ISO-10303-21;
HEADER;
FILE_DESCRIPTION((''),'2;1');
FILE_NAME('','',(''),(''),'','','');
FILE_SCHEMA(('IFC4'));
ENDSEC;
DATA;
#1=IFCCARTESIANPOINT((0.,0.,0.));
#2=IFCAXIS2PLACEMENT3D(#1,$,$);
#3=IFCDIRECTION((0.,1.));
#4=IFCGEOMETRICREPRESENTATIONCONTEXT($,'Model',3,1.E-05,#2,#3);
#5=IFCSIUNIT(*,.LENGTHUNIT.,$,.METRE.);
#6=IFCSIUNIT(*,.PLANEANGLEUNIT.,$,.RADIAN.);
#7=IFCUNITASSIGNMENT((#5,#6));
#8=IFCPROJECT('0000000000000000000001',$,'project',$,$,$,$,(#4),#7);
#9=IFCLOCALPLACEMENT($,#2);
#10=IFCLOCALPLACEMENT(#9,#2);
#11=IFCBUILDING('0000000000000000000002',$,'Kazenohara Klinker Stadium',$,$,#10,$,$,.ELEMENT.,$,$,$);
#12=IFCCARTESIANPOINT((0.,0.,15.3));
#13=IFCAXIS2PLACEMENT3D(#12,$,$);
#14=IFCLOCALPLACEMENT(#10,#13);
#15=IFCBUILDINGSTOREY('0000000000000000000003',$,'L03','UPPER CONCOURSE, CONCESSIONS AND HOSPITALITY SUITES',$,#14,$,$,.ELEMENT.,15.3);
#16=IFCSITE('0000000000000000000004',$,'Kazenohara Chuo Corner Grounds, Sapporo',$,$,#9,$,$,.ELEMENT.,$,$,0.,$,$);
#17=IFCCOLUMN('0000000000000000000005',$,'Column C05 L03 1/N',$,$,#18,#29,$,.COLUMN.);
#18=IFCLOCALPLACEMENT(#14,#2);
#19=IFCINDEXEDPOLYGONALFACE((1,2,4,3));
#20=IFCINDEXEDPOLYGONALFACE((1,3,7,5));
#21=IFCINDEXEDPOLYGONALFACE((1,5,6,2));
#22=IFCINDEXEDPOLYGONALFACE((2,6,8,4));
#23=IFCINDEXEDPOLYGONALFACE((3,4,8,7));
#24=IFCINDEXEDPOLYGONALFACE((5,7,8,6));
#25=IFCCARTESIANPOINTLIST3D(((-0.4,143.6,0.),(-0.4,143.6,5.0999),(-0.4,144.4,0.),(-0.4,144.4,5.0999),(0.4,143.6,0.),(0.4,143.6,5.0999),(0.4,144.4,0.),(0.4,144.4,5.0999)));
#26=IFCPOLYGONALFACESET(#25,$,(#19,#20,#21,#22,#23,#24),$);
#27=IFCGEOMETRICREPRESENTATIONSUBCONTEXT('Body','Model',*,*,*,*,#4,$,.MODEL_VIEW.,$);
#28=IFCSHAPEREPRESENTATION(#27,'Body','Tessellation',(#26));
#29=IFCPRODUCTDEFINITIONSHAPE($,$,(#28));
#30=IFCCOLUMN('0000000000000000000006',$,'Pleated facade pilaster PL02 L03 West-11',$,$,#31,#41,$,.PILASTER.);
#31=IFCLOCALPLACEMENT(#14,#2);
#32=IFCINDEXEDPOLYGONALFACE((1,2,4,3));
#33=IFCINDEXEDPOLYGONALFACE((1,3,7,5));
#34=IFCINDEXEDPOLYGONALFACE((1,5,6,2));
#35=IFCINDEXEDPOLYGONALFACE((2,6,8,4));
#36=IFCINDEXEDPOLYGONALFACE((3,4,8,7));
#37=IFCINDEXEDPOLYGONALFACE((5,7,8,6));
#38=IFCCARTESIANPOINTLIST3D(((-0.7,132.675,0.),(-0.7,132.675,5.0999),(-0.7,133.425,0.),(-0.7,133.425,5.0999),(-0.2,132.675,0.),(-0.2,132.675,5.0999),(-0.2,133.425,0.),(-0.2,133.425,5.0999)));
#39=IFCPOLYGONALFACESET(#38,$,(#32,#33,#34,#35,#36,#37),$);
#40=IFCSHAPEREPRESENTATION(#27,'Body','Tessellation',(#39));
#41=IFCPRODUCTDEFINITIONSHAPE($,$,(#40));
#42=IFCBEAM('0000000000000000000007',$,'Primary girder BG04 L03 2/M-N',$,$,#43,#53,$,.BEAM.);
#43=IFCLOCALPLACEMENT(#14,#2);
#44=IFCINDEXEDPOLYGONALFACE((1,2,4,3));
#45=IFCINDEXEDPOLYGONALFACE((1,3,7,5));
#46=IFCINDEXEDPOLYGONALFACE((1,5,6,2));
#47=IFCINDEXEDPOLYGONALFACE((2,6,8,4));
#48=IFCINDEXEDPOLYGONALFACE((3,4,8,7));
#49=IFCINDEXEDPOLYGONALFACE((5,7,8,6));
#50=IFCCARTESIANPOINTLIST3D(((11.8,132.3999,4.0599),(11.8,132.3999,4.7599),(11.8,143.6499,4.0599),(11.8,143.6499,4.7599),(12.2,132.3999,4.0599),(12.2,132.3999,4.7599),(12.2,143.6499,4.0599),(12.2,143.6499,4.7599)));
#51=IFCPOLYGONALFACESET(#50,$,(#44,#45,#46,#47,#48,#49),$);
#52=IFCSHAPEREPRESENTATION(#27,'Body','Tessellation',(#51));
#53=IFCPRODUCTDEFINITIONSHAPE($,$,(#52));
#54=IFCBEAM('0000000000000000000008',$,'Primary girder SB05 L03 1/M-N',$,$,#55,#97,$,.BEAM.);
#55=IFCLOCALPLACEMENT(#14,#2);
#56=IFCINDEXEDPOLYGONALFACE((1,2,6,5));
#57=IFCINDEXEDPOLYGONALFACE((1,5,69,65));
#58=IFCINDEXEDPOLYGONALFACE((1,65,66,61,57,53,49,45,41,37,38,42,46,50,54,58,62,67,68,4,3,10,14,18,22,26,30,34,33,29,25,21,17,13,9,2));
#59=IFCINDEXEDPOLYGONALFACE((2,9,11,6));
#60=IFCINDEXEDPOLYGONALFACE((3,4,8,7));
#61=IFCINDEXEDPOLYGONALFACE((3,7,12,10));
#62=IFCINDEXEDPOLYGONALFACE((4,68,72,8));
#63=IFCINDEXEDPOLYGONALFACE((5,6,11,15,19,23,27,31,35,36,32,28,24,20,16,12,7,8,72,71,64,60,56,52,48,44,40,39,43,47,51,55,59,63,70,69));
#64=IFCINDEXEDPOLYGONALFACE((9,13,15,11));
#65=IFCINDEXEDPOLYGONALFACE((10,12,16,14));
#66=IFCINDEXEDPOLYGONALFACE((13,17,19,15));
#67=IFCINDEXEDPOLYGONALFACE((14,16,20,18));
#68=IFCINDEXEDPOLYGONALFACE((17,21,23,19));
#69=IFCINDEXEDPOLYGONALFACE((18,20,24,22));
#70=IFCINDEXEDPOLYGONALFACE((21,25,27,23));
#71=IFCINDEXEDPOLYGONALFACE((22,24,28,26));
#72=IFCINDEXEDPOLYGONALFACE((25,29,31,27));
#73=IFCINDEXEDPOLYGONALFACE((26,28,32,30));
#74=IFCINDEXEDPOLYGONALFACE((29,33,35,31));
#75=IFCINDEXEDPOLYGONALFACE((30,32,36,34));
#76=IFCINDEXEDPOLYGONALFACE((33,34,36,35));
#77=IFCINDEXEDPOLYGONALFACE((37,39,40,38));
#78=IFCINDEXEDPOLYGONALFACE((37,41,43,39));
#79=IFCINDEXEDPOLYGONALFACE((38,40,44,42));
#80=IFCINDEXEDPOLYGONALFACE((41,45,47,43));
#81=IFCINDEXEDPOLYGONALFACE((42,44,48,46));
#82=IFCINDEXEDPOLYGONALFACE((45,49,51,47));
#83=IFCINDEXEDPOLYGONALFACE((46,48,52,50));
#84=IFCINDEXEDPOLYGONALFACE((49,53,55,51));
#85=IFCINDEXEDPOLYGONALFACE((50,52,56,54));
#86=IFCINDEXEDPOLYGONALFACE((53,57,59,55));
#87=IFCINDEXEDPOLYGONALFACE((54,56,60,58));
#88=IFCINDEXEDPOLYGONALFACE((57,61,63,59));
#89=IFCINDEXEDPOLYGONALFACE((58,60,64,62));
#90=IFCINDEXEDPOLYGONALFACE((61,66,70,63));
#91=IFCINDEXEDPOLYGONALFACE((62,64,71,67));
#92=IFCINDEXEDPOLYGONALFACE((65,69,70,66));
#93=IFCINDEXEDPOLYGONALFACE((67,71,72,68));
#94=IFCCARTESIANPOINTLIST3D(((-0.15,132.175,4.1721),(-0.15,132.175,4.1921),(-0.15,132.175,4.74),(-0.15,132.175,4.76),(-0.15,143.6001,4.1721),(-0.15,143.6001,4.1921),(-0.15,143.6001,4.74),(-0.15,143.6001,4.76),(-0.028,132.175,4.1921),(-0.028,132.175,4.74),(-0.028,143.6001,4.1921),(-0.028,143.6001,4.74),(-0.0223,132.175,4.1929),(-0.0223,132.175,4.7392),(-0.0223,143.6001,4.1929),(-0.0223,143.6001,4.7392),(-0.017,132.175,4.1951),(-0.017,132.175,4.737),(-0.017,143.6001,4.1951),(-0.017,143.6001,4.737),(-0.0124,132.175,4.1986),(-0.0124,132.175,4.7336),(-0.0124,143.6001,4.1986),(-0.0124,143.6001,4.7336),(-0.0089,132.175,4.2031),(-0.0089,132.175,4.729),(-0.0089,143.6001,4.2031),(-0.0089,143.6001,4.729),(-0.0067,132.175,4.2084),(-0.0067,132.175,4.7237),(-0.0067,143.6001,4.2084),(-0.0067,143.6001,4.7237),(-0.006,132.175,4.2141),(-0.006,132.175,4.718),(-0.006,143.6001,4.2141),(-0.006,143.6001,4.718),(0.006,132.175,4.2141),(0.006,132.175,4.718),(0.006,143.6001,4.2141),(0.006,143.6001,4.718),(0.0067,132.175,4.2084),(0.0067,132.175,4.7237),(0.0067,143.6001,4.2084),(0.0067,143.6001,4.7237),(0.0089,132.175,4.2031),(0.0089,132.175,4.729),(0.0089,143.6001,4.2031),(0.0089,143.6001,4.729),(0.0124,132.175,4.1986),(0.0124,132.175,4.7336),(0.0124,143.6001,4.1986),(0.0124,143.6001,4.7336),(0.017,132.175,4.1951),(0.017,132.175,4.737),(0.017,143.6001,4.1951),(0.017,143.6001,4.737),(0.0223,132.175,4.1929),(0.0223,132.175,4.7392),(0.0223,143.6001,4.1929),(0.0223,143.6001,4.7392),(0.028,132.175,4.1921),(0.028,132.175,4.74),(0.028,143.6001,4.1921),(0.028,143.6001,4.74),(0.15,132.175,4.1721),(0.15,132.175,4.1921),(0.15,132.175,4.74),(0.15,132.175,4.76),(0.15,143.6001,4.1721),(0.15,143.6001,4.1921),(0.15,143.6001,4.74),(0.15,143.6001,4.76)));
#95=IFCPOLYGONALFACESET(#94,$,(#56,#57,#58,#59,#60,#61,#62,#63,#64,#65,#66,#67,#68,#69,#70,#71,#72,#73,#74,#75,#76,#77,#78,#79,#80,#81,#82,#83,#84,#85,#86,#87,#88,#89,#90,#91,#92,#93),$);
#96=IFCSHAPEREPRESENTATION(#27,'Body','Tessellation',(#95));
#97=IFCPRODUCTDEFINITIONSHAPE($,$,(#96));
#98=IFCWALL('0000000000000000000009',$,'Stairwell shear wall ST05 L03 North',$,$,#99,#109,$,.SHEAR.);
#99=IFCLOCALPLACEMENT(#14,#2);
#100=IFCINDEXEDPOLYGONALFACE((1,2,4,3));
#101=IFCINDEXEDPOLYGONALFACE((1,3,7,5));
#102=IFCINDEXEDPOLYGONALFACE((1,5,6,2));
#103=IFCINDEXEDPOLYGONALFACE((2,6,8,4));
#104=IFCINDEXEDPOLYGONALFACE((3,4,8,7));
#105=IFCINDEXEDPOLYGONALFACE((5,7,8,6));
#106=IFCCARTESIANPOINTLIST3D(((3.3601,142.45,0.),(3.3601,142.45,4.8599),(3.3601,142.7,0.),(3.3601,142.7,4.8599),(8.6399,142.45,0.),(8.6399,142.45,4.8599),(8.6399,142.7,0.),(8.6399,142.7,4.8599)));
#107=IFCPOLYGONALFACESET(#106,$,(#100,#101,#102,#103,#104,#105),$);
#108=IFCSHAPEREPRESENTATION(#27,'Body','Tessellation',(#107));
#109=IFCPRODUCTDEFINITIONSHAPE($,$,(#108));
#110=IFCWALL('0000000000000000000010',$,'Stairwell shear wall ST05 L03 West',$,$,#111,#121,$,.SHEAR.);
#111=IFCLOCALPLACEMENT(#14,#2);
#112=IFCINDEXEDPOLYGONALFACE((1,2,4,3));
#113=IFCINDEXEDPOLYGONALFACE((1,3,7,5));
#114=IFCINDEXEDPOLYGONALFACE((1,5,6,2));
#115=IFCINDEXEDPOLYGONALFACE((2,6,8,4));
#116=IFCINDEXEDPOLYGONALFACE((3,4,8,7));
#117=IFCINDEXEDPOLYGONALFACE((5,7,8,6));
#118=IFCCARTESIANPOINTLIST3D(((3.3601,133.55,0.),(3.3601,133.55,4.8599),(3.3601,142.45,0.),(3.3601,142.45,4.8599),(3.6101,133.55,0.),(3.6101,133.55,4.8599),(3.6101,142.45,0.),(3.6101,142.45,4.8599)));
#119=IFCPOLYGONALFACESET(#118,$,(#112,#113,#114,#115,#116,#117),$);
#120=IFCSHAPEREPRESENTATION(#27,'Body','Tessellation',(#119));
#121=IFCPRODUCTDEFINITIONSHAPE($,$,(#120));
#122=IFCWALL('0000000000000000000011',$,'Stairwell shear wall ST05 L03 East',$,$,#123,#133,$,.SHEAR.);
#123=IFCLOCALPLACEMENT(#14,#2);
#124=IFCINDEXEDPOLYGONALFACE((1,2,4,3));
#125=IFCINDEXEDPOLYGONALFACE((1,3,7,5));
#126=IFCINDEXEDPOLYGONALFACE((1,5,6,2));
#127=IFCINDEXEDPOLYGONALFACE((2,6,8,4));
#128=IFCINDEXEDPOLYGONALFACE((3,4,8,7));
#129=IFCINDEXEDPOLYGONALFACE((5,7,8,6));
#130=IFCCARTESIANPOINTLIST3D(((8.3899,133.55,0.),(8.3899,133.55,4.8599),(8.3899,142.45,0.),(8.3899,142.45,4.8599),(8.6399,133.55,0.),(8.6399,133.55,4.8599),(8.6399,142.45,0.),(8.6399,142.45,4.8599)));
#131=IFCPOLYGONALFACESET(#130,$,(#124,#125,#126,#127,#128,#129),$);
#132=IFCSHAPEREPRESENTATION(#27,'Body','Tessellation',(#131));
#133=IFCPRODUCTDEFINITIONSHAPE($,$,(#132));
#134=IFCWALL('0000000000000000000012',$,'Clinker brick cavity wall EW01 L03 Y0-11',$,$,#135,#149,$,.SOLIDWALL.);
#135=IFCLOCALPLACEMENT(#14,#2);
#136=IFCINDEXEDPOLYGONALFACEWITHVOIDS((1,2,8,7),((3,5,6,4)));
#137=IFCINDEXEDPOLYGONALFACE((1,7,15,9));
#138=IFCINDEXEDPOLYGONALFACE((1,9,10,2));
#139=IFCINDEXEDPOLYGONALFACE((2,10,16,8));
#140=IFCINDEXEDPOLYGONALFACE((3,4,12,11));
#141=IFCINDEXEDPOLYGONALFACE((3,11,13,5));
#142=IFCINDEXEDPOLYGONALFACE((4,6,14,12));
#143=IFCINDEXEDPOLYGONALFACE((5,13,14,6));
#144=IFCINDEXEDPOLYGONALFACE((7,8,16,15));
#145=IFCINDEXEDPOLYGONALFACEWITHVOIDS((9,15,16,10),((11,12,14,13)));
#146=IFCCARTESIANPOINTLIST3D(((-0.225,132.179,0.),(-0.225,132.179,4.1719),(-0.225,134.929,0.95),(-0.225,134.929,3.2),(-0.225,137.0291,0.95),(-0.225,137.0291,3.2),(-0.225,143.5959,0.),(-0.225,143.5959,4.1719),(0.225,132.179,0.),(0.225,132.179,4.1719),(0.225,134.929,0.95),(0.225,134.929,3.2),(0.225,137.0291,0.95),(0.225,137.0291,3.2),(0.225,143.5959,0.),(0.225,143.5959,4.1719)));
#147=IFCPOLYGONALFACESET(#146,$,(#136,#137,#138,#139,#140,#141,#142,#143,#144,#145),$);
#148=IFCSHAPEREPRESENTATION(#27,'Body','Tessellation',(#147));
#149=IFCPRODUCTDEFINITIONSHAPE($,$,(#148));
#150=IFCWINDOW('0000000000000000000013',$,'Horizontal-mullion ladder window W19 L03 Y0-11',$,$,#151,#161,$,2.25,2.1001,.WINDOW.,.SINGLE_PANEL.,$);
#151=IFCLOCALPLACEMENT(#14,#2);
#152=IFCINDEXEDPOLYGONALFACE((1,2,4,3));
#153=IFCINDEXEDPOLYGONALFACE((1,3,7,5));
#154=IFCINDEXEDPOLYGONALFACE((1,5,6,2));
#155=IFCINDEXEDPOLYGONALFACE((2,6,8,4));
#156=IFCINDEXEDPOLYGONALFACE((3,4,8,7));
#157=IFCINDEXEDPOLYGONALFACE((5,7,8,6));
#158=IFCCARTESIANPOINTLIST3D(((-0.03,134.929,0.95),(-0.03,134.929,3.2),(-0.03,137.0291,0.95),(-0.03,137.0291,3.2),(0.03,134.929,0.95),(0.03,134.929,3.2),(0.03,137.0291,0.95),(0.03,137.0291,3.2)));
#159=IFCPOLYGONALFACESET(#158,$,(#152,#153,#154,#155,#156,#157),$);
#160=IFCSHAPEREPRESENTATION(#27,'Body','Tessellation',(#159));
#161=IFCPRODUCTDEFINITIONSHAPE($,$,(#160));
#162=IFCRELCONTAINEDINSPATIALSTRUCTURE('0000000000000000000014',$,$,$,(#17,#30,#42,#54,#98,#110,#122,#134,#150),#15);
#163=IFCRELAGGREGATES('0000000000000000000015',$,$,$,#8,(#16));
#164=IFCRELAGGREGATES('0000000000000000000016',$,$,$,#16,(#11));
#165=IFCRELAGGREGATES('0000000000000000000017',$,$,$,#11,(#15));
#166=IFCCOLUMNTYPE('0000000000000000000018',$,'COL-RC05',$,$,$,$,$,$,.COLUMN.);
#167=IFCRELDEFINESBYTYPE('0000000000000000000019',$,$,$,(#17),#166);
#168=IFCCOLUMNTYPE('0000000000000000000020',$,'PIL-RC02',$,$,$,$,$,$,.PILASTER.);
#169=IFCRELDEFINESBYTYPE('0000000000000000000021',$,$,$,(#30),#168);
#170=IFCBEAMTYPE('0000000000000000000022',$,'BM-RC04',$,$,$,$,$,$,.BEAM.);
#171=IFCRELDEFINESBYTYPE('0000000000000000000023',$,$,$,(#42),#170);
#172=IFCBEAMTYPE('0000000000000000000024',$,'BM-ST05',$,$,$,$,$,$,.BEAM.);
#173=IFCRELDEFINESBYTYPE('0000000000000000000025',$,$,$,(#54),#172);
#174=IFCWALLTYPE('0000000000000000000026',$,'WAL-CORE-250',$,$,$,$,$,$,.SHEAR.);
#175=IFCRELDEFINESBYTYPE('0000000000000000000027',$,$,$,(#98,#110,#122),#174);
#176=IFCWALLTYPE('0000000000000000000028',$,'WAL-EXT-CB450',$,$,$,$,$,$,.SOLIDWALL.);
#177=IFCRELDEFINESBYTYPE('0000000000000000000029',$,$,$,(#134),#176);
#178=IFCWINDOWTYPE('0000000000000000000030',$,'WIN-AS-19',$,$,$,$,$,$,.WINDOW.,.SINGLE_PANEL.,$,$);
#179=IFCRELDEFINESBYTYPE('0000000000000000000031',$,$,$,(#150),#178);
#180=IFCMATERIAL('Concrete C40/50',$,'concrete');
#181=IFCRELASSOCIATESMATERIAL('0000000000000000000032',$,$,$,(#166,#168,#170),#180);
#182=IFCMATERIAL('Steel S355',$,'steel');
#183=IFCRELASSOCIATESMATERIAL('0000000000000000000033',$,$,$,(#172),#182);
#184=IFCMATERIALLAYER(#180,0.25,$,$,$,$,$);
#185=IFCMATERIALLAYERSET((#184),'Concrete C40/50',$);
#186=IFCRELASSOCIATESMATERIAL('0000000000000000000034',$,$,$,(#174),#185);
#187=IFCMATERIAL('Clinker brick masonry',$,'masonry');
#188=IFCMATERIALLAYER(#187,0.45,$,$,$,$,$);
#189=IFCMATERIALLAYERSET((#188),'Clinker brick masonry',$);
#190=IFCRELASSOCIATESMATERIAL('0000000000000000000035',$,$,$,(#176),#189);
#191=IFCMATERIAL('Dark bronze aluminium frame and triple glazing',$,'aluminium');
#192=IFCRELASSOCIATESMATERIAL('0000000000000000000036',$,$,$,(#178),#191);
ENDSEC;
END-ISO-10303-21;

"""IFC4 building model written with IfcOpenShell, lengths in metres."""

from ifc_helpers import new_model, si_unit, direction, frame, frame_2d, origin, origin_2d, place, context, subcontext, project, spatial, rectangle, i_section, extrude, material, layer, layer_set, material_profile, profile_set, type_object, element, fill, save


model = new_model("IFC4")

# Units and contexts
model_context = context("Model", 3, precision=1e-05, world=origin(), true_north=direction((0.0, 1.0)))
body_context = subcontext(model_context, "Body", "Model", "MODEL_VIEW")
ifc_project = project(units=[si_unit("LENGTHUNIT", "METRE"), si_unit("PLANEANGLEUNIT", "RADIAN")], contexts=[model_context])

# Site, building, storey
site_placement = place(None, origin())
site = spatial("IfcSite", under=ifc_project, at=site_placement, Name="Kazenohara Chuo Corner Grounds, Sapporo", CompositionType="ELEMENT", RefElevation=0.0)
building_placement = place(site_placement, origin())
building = spatial("IfcBuilding", under=site, at=building_placement, Name="Kazenohara Klinker Stadium", CompositionType="ELEMENT")
storey_placement = place(building_placement, frame((0.0, 0.0, 15.3)))
storey = spatial("IfcBuildingStorey", under=building, at=storey_placement, Name="L03", Description="UPPER CONCOURSE, CONCESSIONS AND HOSPITALITY SUITES", CompositionType="ELEMENT", Elevation=15.3)

# Columns
ifc_material_1 = material(Name="Concrete C40/50", Category="concrete")
ifc_material_profile_1 = material_profile(ifc_material_1, rectangle(XDim=0.8, YDim=0.8, at=origin_2d()), Name="RC-COL-800x800")
ifc_profile_set_1 = profile_set([ifc_material_profile_1], Name="Concrete C40/50")
column_type_1 = type_object("IfcColumnType", Name="COL-RC05", PredefinedType="COLUMN", material=ifc_profile_set_1)
column_1_placement = place(storey_placement, frame((0.0, 144.0, 0.0), z_axis=(0.0, 0.0, 1.0), x_axis=(1.0, 0.0, 0.0)))
element("IfcColumn", 1, at=column_1_placement, inside=storey, type_object=column_type_1, Name="Column C05 L03 1/N", PredefinedType="COLUMN", context=body_context, shape_type="SweptSolid", body=[
    extrude(rectangle(XDim=0.8, YDim=0.8, at=origin_2d()), origin(), (0.0, 0.0, 1.0), 5.0999),
])
ifc_material_profile_2 = material_profile(ifc_material_1, rectangle(XDim=0.5, YDim=0.75, at=origin_2d()), Name="RC-PILASTER-500x750")
ifc_profile_set_2 = profile_set([ifc_material_profile_2], Name="Concrete C40/50")
column_type_2 = type_object("IfcColumnType", Name="PIL-RC02", PredefinedType="PILASTER", material=ifc_profile_set_2)
column_2_placement = place(storey_placement, frame((-0.45, 133.05, 0.0), z_axis=(0.0, 0.0, 1.0), x_axis=(1.0, 0.0, 0.0)))
element("IfcColumn", 2, at=column_2_placement, inside=storey, type_object=column_type_2, Name="Pleated facade pilaster PL02 L03 West-11", PredefinedType="PILASTER", context=body_context, shape_type="SweptSolid", body=[
    extrude(rectangle(XDim=0.5, YDim=0.75, at=origin_2d()), origin(), (0.0, 0.0, 1.0), 5.0999),
])

# Beams
ifc_material_profile_3 = material_profile(ifc_material_1, rectangle(XDim=0.3999, YDim=0.7, at=origin_2d()), Name="RC-BM-400x700")
ifc_profile_set_3 = profile_set([ifc_material_profile_3], Name="Concrete C40/50")
beam_type_1 = type_object("IfcBeamType", Name="BM-RC04", PredefinedType="BEAM", material=ifc_profile_set_3)
beam_1_placement = place(storey_placement, frame((12.0, 132.3999, 4.4099), z_axis=(0.0, 1.0, 0.0), x_axis=(-1.0, 0.0, 0.0)))
element("IfcBeam", 3, at=beam_1_placement, inside=storey, type_object=beam_type_1, Name="Primary girder BG04 L03 2/M-N", PredefinedType="BEAM", context=body_context, shape_type="SweptSolid", body=[
    extrude(rectangle(XDim=0.3999, YDim=0.7, at=origin_2d()), origin(), (0.0, 0.0, 1.0), 11.25),
])
ifc_material_2 = material(Name="Steel S355", Category="steel")
ifc_material_profile_4 = material_profile(ifc_material_2, i_section(OverallWidth=0.3, OverallDepth=0.5879, WebThickness=0.012, FlangeThickness=0.02, FilletRadius=0.022, at=origin_2d()), Name="H-588x300x12x20")
ifc_profile_set_4 = profile_set([ifc_material_profile_4], Name="Steel S355")
beam_type_2 = type_object("IfcBeamType", Name="BM-ST05", PredefinedType="BEAM", material=ifc_profile_set_4)
beam_2_placement = place(storey_placement, frame((0.0, 132.175, 4.4661), z_axis=(0.0, 1.0, 0.0), x_axis=(-1.0, 0.0, 0.0)))
element("IfcBeam", 4, at=beam_2_placement, inside=storey, type_object=beam_type_2, Name="Primary girder SB05 L03 1/M-N", PredefinedType="BEAM", context=body_context, shape_type="SweptSolid", body=[
    extrude(i_section(OverallWidth=0.3, OverallDepth=0.5879, WebThickness=0.012, FlangeThickness=0.02, FilletRadius=0.022, at=origin_2d()), origin(), (0.0, 0.0, 1.0), 11.425),
])

# Shared definitions
ifc_layer_1 = layer(ifc_material_1, 0.25)
ifc_layer_set_1 = layer_set([ifc_layer_1], Name="Concrete C40/50")
wall_type_1 = type_object("IfcWallType", Name="WAL-CORE-250", PredefinedType="SHEAR", material=ifc_layer_set_1)

# Walls
wall_1_placement = place(storey_placement, frame((3.3601, 142.575, 0.0), z_axis=(0.0, 0.0, 1.0), x_axis=(1.0, 0.0, 0.0)))
element("IfcWall", 5, at=wall_1_placement, inside=storey, type_object=wall_type_1, Name="Stairwell shear wall ST05 L03 North", PredefinedType="SHEAR", context=body_context, shape_type="SweptSolid", body=[
    extrude(rectangle(XDim=5.2798, YDim=0.25, at=frame_2d((2.6399, 0.0))), origin(), (0.0, 0.0, 1.0), 4.8599),
])
for number, where, z_axis, x_axis, name in (
    (6, (3.4851, 133.55, 0.0), (0.0, 0.0, 1.0), (0.0, 1.0, 0.0), "Stairwell shear wall ST05 L03 West"),
    (7, (8.5149, 133.55, 0.0), (0.0, 0.0, 1.0), (0.0, 1.0, 0.0), "Stairwell shear wall ST05 L03 East"),
):
    element("IfcWall", number, at=place(storey_placement, frame(where, z_axis=z_axis, x_axis=x_axis)), inside=storey, type_object=wall_type_1, Name=name, PredefinedType="SHEAR", context=body_context, shape_type="SweptSolid", body=[
        extrude(rectangle(XDim=8.8999, YDim=0.25, at=frame_2d((4.45, 0.0))), origin(), (0.0, 0.0, 1.0), 4.8599),
    ])

# Wall, opening, window
ifc_material_3 = material(Name="Clinker brick masonry", Category="masonry")
ifc_layer_2 = layer(ifc_material_3, 0.45)
ifc_layer_set_2 = layer_set([ifc_layer_2], Name="Clinker brick masonry")
wall_type_2 = type_object("IfcWallType", Name="WAL-EXT-CB450", PredefinedType="SOLIDWALL", material=ifc_layer_set_2)
wall_2_placement = place(storey_placement, frame((0.0, 132.179, 0.0), z_axis=(0.0, 0.0, 1.0), x_axis=(0.0, 1.0, 0.0)))
wall_2 = element("IfcWall", 8, at=wall_2_placement, inside=storey, type_object=wall_type_2, Name="Clinker brick cavity wall EW01 L03 Y0-11", PredefinedType="SOLIDWALL", context=body_context, shape_type="SweptSolid", body=[
    extrude(rectangle(XDim=11.417, YDim=0.45, at=frame_2d((5.7085, 0.0))), origin(), (0.0, 0.0, 1.0), 4.1719),
])
opening_1_placement = place(wall_2_placement, frame((2.75, 0.0, 0.95)))
opening_1 = element("IfcOpeningElement", 9, at=opening_1_placement, cuts=wall_2, PredefinedType="OPENING", context=body_context, shape_type="SweptSolid", body=[
    extrude(rectangle(XDim=2.1001, YDim=2.25, at=frame_2d((1.05, 1.125))), frame((0.0, 0.2349, 0.0), z_axis=(0.0, -1.0, 0.0), x_axis=(1.0, 0.0, 0.0)), (0.0, 0.0, 1.0), 0.47),
])
ifc_material_4 = material(Name="Dark bronze aluminium frame and triple glazing", Category="aluminium")
window_type = type_object("IfcWindowType", Name="WIN-AS-19", PartitioningType="SINGLE_PANEL", PredefinedType="WINDOW", material=ifc_material_4)
window_placement = place(opening_1_placement, origin())
window = element("IfcWindow", 10, at=window_placement, inside=storey, type_object=window_type, Name="Horizontal-mullion ladder window W19 L03 Y0-11", OverallHeight=2.25, OverallWidth=2.1001, PartitioningType="SINGLE_PANEL", PredefinedType="WINDOW", context=body_context, shape_type="SweptSolid", body=[
    extrude(rectangle(XDim=2.1001, YDim=2.25, at=frame_2d((1.05, 1.125))), frame((0.0, 0.03, 0.0), z_axis=(0.0, -1.0, 0.0), x_axis=(1.0, 0.0, 0.0)), (0.0, 0.0, 1.0), 0.0601),
])
fill(opening_1, window)

save(model, "model.ifc")
